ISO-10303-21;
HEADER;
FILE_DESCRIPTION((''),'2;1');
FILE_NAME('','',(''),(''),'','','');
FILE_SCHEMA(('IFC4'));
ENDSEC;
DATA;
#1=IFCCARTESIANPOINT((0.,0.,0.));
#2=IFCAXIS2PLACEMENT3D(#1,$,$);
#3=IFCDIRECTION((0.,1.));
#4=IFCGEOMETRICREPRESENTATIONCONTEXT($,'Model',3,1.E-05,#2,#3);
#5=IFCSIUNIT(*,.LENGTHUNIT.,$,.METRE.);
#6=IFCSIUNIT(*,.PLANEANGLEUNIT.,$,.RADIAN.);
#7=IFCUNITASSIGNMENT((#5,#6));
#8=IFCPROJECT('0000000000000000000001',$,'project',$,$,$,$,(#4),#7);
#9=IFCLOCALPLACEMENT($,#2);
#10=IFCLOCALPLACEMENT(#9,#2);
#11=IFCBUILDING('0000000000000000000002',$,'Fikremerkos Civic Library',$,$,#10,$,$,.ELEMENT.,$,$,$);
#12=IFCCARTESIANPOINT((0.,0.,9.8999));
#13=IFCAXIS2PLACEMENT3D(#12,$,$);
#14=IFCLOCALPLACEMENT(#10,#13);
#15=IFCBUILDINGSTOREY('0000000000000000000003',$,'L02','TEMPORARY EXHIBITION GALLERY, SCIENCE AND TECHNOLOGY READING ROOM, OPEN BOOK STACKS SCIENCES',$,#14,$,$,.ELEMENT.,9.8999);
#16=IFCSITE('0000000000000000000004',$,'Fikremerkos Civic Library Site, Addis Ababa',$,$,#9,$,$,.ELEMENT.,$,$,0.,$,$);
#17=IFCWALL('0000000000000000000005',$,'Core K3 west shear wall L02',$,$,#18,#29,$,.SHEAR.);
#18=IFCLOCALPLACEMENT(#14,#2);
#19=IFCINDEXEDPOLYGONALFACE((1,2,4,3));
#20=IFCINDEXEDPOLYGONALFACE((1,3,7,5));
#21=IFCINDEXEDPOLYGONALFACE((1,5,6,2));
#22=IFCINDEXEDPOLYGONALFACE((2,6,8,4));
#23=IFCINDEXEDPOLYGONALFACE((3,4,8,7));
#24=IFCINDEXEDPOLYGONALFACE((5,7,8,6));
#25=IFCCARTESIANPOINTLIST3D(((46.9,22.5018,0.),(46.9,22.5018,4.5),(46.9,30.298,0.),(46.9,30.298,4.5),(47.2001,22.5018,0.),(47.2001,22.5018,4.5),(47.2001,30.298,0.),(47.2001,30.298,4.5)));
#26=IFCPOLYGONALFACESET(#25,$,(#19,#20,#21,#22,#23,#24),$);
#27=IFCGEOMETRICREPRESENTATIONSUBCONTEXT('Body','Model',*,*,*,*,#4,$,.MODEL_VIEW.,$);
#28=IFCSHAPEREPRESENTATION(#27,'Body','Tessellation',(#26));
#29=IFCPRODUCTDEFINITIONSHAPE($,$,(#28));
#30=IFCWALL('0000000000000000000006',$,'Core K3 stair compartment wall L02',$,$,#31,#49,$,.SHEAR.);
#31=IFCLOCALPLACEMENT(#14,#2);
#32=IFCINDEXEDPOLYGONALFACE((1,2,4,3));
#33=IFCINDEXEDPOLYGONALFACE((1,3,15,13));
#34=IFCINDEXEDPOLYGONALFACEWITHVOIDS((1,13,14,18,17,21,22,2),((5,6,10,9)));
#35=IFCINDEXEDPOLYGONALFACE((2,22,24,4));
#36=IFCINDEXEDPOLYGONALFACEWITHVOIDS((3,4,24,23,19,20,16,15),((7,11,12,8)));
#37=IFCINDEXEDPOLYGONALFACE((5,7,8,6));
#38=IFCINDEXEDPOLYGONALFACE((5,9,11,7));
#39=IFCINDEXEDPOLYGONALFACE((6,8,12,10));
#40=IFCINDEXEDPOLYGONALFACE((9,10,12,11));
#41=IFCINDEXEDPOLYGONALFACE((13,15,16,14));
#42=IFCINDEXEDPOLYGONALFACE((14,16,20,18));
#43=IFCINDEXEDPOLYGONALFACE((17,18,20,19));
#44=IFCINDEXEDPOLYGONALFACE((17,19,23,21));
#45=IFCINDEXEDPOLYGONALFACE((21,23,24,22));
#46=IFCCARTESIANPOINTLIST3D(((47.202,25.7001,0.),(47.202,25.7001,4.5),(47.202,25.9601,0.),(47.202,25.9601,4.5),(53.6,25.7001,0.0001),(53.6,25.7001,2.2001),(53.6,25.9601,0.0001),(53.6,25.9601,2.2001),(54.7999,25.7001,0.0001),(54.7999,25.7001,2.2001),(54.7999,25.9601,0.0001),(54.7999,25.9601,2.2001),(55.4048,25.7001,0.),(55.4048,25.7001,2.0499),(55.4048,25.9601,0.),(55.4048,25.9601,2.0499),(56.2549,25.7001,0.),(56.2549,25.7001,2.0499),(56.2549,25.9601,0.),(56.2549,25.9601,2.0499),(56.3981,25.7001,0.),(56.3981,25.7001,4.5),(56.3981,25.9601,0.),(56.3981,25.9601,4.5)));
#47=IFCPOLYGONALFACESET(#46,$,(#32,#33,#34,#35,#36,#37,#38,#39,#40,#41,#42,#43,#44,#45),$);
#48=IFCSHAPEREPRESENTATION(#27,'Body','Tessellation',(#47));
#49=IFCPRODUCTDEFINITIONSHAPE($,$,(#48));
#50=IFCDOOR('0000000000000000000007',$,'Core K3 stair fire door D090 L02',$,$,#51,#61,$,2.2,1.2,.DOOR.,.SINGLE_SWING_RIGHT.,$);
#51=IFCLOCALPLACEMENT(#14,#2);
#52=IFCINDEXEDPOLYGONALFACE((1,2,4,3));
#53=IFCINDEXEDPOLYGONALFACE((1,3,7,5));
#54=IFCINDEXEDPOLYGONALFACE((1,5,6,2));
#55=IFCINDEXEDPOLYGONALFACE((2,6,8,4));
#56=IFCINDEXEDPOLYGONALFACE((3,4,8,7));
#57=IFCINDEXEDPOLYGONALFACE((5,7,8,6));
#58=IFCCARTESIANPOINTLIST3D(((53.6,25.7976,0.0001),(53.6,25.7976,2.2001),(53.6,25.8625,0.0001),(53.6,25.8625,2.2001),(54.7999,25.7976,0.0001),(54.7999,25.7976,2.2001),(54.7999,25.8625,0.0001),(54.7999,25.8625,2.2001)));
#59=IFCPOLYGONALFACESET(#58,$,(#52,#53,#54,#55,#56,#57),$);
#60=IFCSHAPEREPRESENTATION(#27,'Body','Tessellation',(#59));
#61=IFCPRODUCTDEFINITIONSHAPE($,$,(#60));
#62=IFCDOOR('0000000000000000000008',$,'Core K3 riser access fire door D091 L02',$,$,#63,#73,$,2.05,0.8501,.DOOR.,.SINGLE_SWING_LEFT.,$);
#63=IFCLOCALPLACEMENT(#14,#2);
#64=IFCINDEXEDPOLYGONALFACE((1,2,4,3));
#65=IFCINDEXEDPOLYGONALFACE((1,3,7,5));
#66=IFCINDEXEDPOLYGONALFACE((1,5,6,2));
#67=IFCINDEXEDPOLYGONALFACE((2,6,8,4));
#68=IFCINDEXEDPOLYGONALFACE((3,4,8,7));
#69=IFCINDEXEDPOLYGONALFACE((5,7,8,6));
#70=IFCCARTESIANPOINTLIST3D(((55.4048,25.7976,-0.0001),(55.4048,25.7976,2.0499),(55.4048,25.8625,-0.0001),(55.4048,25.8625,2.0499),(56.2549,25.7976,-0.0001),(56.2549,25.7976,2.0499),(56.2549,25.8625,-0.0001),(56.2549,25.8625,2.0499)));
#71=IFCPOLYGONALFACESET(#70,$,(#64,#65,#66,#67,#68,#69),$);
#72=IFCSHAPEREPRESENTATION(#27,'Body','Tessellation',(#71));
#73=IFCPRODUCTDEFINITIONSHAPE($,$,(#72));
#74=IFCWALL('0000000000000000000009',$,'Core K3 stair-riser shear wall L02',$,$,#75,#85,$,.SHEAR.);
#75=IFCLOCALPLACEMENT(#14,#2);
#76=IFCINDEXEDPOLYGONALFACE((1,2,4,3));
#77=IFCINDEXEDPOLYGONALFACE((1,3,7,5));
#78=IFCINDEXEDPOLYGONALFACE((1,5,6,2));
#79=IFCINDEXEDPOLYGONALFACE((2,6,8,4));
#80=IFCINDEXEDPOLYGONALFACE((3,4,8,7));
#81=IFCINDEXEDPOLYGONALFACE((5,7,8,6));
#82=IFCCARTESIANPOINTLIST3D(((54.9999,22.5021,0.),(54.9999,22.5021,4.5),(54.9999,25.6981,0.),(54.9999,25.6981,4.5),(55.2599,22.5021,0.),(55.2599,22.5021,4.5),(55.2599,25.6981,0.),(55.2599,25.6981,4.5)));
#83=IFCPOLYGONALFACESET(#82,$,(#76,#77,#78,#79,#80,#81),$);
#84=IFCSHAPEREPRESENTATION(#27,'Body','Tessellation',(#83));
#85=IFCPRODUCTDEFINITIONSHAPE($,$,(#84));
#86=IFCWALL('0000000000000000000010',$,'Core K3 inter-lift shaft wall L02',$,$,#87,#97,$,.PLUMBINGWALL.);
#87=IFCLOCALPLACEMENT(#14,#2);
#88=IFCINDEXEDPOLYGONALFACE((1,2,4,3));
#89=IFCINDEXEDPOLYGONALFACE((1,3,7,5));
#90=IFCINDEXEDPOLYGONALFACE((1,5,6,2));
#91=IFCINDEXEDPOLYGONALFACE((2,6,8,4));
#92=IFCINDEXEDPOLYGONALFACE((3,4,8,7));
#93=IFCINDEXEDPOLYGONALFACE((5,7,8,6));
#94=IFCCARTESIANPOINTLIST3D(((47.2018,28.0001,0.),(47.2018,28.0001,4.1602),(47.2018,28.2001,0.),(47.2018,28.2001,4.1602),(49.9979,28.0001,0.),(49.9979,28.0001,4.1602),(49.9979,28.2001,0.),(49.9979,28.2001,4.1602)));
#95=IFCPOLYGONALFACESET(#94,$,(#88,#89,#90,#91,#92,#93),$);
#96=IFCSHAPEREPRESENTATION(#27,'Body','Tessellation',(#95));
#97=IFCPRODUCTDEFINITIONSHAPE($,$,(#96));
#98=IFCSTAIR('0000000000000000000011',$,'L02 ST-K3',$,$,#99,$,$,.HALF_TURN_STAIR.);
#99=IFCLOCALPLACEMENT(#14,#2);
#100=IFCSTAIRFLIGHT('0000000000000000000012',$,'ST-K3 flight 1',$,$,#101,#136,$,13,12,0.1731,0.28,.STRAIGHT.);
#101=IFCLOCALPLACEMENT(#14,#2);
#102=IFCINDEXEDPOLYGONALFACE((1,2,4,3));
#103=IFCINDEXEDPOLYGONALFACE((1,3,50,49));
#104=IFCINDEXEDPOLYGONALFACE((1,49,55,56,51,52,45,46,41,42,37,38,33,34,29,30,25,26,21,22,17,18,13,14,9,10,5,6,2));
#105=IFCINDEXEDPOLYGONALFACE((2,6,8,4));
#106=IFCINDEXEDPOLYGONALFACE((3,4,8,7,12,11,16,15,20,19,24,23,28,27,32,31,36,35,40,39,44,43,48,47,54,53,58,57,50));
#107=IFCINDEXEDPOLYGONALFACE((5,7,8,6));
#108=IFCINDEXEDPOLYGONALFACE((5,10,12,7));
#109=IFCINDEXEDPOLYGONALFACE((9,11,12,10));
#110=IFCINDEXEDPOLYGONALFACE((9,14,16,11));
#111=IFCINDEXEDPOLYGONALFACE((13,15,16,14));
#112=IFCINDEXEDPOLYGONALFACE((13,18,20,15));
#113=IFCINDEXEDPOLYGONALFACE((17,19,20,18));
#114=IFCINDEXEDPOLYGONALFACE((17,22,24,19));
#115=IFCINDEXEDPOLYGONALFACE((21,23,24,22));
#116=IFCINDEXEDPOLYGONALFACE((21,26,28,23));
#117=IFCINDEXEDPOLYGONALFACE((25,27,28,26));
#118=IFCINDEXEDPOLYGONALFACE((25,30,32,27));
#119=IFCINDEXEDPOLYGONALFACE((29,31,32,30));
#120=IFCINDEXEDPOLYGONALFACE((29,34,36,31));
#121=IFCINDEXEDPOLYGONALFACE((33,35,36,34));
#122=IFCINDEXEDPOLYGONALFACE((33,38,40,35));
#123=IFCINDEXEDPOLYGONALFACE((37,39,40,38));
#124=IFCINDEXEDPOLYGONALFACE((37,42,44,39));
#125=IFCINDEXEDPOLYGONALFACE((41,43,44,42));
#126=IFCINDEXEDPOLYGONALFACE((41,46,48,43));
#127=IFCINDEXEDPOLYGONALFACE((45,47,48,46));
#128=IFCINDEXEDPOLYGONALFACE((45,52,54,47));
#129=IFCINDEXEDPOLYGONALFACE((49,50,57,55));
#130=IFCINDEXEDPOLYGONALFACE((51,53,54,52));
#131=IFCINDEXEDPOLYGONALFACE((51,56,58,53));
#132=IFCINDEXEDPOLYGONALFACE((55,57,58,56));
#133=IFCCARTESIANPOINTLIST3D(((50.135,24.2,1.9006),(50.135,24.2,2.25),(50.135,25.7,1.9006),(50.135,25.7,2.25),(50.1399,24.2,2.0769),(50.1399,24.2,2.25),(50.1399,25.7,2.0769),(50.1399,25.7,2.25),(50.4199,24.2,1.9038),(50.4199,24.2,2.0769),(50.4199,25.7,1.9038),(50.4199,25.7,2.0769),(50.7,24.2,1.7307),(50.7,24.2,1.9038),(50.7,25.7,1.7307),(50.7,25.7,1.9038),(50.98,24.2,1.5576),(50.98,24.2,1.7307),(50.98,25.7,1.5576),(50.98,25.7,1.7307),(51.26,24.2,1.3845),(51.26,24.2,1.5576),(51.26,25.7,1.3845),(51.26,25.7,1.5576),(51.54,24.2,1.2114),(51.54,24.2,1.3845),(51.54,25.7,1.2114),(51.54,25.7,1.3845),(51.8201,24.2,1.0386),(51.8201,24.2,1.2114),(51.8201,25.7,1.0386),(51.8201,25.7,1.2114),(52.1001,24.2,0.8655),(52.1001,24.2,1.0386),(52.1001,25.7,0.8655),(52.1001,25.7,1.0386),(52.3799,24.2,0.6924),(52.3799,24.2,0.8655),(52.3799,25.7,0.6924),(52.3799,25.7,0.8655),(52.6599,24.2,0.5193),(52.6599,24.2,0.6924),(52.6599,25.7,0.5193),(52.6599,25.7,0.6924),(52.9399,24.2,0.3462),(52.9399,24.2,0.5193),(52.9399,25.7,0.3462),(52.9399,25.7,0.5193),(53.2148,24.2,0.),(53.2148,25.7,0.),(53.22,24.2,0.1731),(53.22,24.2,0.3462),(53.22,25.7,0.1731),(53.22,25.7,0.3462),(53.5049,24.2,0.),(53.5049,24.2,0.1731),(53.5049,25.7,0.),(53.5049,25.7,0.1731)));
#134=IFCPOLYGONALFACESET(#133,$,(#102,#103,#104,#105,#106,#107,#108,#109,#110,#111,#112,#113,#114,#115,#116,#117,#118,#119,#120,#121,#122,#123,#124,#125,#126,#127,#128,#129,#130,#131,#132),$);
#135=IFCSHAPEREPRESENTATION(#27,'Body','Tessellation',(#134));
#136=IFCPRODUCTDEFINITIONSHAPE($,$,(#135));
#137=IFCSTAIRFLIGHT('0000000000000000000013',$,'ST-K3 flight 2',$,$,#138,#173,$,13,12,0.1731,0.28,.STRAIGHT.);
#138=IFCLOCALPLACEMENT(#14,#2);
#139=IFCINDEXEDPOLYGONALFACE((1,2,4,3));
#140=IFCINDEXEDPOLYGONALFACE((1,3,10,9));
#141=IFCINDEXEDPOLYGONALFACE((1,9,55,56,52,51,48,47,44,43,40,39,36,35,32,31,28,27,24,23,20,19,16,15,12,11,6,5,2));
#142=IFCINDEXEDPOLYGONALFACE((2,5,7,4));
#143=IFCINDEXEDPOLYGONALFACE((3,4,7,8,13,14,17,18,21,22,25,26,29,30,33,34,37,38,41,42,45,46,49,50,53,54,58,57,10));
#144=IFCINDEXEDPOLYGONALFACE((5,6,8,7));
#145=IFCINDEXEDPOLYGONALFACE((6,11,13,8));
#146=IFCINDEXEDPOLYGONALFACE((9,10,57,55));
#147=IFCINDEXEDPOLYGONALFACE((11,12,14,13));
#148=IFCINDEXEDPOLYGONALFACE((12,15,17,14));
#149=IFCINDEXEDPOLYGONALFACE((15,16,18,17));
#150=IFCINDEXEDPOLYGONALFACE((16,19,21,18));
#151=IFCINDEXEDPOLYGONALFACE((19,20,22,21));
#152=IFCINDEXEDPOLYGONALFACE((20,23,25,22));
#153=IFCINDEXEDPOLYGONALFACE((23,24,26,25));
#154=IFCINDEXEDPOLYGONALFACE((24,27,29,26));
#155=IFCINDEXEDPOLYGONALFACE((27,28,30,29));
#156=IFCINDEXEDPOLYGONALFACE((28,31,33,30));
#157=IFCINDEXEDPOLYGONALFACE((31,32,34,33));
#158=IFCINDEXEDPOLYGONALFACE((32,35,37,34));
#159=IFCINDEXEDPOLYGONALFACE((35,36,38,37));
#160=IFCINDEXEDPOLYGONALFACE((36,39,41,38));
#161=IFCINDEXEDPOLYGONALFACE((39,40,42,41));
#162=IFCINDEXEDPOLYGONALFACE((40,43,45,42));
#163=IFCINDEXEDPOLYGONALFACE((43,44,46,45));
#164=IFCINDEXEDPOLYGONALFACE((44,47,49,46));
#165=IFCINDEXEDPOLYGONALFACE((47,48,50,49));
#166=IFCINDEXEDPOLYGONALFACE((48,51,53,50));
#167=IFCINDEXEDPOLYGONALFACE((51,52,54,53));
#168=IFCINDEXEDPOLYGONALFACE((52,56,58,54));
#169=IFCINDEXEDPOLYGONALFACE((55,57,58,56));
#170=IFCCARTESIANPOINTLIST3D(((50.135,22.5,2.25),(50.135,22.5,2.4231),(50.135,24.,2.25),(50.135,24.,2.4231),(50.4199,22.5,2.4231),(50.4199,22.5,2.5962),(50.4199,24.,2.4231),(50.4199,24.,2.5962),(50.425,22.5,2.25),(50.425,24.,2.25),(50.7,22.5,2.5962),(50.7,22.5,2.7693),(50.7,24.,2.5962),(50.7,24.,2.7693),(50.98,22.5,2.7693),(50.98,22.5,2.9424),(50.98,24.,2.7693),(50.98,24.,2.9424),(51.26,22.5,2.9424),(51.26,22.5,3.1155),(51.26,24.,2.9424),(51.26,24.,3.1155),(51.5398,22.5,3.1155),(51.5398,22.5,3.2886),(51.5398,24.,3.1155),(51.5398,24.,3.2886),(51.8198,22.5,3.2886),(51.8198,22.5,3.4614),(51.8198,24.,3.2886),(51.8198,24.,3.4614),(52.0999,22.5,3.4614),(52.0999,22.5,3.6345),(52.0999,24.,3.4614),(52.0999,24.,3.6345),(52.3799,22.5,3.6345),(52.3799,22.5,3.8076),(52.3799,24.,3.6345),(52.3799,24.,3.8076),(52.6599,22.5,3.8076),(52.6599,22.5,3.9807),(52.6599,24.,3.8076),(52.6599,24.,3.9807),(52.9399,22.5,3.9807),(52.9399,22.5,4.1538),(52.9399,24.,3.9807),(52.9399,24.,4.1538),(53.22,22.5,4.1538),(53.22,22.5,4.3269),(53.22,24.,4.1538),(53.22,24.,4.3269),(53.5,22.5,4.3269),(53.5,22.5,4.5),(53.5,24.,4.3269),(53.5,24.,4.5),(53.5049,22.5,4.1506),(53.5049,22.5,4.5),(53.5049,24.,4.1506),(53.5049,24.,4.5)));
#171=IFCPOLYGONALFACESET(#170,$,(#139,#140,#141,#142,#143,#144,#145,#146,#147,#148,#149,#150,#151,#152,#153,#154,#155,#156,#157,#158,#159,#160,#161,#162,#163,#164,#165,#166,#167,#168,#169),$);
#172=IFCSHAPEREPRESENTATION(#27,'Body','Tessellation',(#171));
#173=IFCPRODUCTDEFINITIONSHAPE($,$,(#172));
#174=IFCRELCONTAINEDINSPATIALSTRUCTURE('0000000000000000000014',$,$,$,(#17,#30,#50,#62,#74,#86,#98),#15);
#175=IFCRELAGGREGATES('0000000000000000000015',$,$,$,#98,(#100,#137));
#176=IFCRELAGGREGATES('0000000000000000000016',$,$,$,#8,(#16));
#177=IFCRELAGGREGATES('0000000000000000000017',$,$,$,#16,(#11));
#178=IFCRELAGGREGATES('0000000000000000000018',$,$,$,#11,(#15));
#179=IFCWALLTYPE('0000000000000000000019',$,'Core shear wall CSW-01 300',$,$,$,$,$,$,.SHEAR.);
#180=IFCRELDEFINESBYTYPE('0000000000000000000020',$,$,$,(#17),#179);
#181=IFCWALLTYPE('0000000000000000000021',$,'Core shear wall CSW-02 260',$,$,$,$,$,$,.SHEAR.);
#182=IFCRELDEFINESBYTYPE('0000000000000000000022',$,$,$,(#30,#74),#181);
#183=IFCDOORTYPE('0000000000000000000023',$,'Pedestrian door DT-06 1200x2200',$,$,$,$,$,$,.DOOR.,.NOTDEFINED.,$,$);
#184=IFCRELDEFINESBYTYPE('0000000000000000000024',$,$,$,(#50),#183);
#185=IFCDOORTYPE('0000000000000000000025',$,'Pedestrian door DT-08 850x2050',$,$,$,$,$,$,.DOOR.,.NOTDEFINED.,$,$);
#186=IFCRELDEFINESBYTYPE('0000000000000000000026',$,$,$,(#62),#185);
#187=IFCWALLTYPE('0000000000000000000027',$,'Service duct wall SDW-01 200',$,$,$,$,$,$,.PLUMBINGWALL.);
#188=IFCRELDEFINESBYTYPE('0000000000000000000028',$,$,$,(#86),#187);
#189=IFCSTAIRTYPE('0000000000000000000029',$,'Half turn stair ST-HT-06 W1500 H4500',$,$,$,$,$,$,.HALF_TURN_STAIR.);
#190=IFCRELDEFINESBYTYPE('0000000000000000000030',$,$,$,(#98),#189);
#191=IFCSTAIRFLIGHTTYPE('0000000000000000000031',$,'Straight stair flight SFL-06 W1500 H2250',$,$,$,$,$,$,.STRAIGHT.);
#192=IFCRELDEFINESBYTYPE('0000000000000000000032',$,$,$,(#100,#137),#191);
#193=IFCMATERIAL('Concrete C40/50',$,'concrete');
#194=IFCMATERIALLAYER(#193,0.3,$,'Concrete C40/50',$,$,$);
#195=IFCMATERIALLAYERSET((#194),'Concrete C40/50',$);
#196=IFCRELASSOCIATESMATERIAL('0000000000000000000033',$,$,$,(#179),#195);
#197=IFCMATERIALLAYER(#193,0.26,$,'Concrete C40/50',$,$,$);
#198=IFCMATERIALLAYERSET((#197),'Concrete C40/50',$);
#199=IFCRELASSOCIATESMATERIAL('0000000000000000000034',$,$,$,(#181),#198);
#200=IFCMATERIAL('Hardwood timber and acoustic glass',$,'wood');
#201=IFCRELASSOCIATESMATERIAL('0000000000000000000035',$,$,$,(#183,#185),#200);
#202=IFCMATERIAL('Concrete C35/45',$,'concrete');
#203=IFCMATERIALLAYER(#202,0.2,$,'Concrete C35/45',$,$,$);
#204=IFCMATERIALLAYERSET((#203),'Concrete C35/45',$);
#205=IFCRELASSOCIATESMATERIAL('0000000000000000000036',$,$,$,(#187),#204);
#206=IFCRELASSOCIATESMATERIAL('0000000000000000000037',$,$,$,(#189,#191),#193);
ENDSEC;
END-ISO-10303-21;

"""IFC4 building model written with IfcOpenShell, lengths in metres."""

from ifc_helpers import new_model, si_unit, direction, frame, frame_2d, origin, place, context, subcontext, project, spatial, polyline, rectangle, outline, extrude, material, layer, layer_set, type_object, element, fill, aggregate, save


model = new_model("IFC4")

# Units and contexts
model_context = context("Model", 3, precision=1e-05, world=origin(), true_north=direction((0.0, 1.0)))
body_context = subcontext(model_context, "Body", "Model", "MODEL_VIEW")
ifc_project = project(units=[si_unit("LENGTHUNIT", "METRE"), si_unit("PLANEANGLEUNIT", "RADIAN")], contexts=[model_context])

# Site, building, storey
site_placement = place(None, origin())
site = spatial("IfcSite", under=ifc_project, at=site_placement, Name="Fikremerkos Civic Library Site, Addis Ababa", CompositionType="ELEMENT", RefElevation=0.0)
building_placement = place(site_placement, origin())
building = spatial("IfcBuilding", under=site, at=building_placement, Name="Fikremerkos Civic Library", CompositionType="ELEMENT")
storey_placement = place(building_placement, frame((0.0, 0.0, 9.8999)))
storey = spatial("IfcBuildingStorey", under=building, at=storey_placement, Name="L02", Description="TEMPORARY EXHIBITION GALLERY, SCIENCE AND TECHNOLOGY READING ROOM, OPEN BOOK STACKS SCIENCES", CompositionType="ELEMENT", Elevation=9.8999)

# Wall
ifc_material_1 = material(Name="Concrete C40/50", Category="concrete")
ifc_layer_1 = layer(ifc_material_1, 0.3, Name="Concrete C40/50")
ifc_layer_set_1 = layer_set([ifc_layer_1], Name="Concrete C40/50")
wall_type_1 = type_object("IfcWallType", Name="Core shear wall CSW-01 300", PredefinedType="SHEAR", material=ifc_layer_set_1)
wall_1_placement = place(storey_placement, frame((47.05, 22.502, 0.0), z_axis=(0.0, 0.0, 1.0), x_axis=(0.0, 1.0, 0.0)))
element("IfcWall", 1, at=wall_1_placement, inside=storey, type_object=wall_type_1, Name="Core K3 west shear wall L02", PredefinedType="SHEAR", context=body_context, shape_type="SweptSolid", body=[
    extrude(rectangle(XDim=7.7961, YDim=0.3, at=frame_2d((3.8979, 0.0))), origin(), (0.0, 0.0, 1.0), 4.5),
])

# Wall, openings, doors
ifc_layer_2 = layer(ifc_material_1, 0.26, Name="Concrete C40/50")
ifc_layer_set_2 = layer_set([ifc_layer_2], Name="Concrete C40/50")
wall_type_2 = type_object("IfcWallType", Name="Core shear wall CSW-02 260", PredefinedType="SHEAR", material=ifc_layer_set_2)
wall_2_placement = place(storey_placement, frame((47.2019, 25.8301, 0.0), z_axis=(0.0, 0.0, 1.0), x_axis=(1.0, 0.0, 0.0)))
wall_2 = element("IfcWall", 2, at=wall_2_placement, inside=storey, type_object=wall_type_2, Name="Core K3 stair compartment wall L02", PredefinedType="SHEAR", context=body_context, shape_type="SweptSolid", body=[
    extrude(rectangle(XDim=9.196, YDim=0.26, at=frame_2d((4.5981, 0.0))), origin(), (0.0, 0.0, 1.0), 4.5),
])
opening_1_placement = place(wall_2_placement, frame((6.3979, 0.0, 0.0)))
opening_1 = element("IfcOpeningElement", 3, at=opening_1_placement, cuts=wall_2, PredefinedType="OPENING", context=body_context, shape_type="SweptSolid", body=[
    extrude(rectangle(XDim=1.2, YDim=2.2, at=frame_2d((0.6001, 1.1001))), frame((0.0, 0.1399, 0.0), z_axis=(0.0, -1.0, 0.0), x_axis=(1.0, 0.0, 0.0)), (0.0, 0.0, 1.0), 0.28),
])
opening_2_placement = place(wall_2_placement, frame((8.2029, 0.0, 0.0)))
opening_2 = element("IfcOpeningElement", 4, at=opening_2_placement, cuts=wall_2, PredefinedType="OPENING", context=body_context, shape_type="SweptSolid", body=[
    extrude(rectangle(XDim=0.8501, YDim=2.05, at=frame_2d((0.425, 1.0249))), frame((0.0, 0.1399, 0.0), z_axis=(0.0, -1.0, 0.0), x_axis=(1.0, 0.0, 0.0)), (0.0, 0.0, 1.0), 0.28),
])
ifc_material_2 = material(Name="Hardwood timber and acoustic glass", Category="wood")
door_type_1 = type_object("IfcDoorType", Name="Pedestrian door DT-06 1200x2200", OperationType="NOTDEFINED", PredefinedType="DOOR", material=ifc_material_2)
door_1_placement = place(opening_1_placement, origin())
door_1 = element("IfcDoor", 5, at=door_1_placement, inside=storey, type_object=door_type_1, Name="Core K3 stair fire door D090 L02", OperationType="SINGLE_SWING_RIGHT", OverallHeight=2.2, OverallWidth=1.2, PredefinedType="DOOR", context=body_context, shape_type="SweptSolid", body=[
    extrude(rectangle(XDim=1.2, YDim=2.2, at=frame_2d((0.6001, 1.1001))), frame((0.0, 0.0325, 0.0), z_axis=(0.0, -1.0, 0.0), x_axis=(1.0, 0.0, 0.0)), (0.0, 0.0, 1.0), 0.0649),
])
fill(opening_1, door_1)
door_type_2 = type_object("IfcDoorType", Name="Pedestrian door DT-08 850x2050", OperationType="NOTDEFINED", PredefinedType="DOOR", material=ifc_material_2)
door_2_placement = place(opening_2_placement, origin())
door_2 = element("IfcDoor", 6, at=door_2_placement, inside=storey, type_object=door_type_2, Name="Core K3 riser access fire door D091 L02", OperationType="SINGLE_SWING_LEFT", OverallHeight=2.05, OverallWidth=0.8501, PredefinedType="DOOR", context=body_context, shape_type="SweptSolid", body=[
    extrude(rectangle(XDim=0.8501, YDim=2.05, at=frame_2d((0.425, 1.0249))), frame((0.0, 0.0325, 0.0), z_axis=(0.0, -1.0, 0.0), x_axis=(1.0, 0.0, 0.0)), (0.0, 0.0, 1.0), 0.0649),
])
fill(opening_2, door_2)

# Wall
wall_3_placement = place(storey_placement, frame((55.1299, 22.502, 0.0), z_axis=(0.0, 0.0, 1.0), x_axis=(0.0, 1.0, 0.0)))
element("IfcWall", 7, at=wall_3_placement, inside=storey, type_object=wall_type_2, Name="Core K3 stair-riser shear wall L02", PredefinedType="SHEAR", context=body_context, shape_type="SweptSolid", body=[
    extrude(rectangle(XDim=3.196, YDim=0.26, at=frame_2d((1.5981, 0.0))), origin(), (0.0, 0.0, 1.0), 4.5),
])

# Wall
ifc_material_3 = material(Name="Concrete C35/45", Category="concrete")
ifc_layer_3 = layer(ifc_material_3, 0.2, Name="Concrete C35/45")
ifc_layer_set_3 = layer_set([ifc_layer_3], Name="Concrete C35/45")
wall_type_3 = type_object("IfcWallType", Name="Service duct wall SDW-01 200", PredefinedType="PLUMBINGWALL", material=ifc_layer_set_3)
wall_4_placement = place(storey_placement, frame((47.2019, 28.1001, 0.0), z_axis=(0.0, 0.0, 1.0), x_axis=(1.0, 0.0, 0.0)))
element("IfcWall", 8, at=wall_4_placement, inside=storey, type_object=wall_type_3, Name="Core K3 inter-lift shaft wall L02", PredefinedType="PLUMBINGWALL", context=body_context, shape_type="SweptSolid", body=[
    extrude(rectangle(XDim=2.7961, YDim=0.2, at=frame_2d((1.3979, 0.0))), origin(), (0.0, 0.0, 1.0), 4.1602),
])

# Stair, stair flights
stair_type = type_object("IfcStairType", Name="Half turn stair ST-HT-06 W1500 H4500", PredefinedType="HALF_TURN_STAIR", material=ifc_material_1)
stair_placement = place(storey_placement, origin())
stair = element("IfcStair", 9, at=stair_placement, inside=storey, type_object=stair_type, Name="L02 ST-K3", PredefinedType="HALF_TURN_STAIR")
stair_flight_type = type_object("IfcStairFlightType", Name="Straight stair flight SFL-06 W1500 H2250", PredefinedType="STRAIGHT", material=ifc_material_1)
stair_flight_1_placement = place(storey_placement, frame((53.5, 24.95, 0.0), z_axis=(0.0, 0.0, 1.0), x_axis=(-1.0, 0.0, 0.0)))
stair_flight_1 = element("IfcStairFlight", 10, at=stair_flight_1_placement, type_object=stair_flight_type, Name="ST-K3 flight 1", NumberOfRisers=13, NumberOfTreads=12, PredefinedType="STRAIGHT", RiserHeight=0.1731, TreadLength=0.28, context=body_context, shape_type="SweptSolid", body=[
    extrude(outline(polyline([(-0.0049, 0.0), (-0.0049, 0.1731), (0.28, 0.1731), (0.28, 0.3462), (0.5601, 0.3462), (0.5601, 0.5193), (0.8401, 0.5193), (0.8401, 0.6924), (1.1201, 0.6924), (1.1201, 0.8655), (1.3999, 0.8655), (1.3999, 1.0386), (1.6799, 1.0386), (1.6799, 1.2114), (1.96, 1.2114), (1.96, 1.3845), (2.24, 1.3845), (2.24, 1.5576), (2.52, 1.5576), (2.52, 1.7307), (2.8, 1.7307), (2.8, 1.9038), (3.0801, 1.9038), (3.0801, 2.0769), (3.3601, 2.0769), (3.3601, 2.25), (3.365, 2.25), (3.365, 1.9006), (0.2852, 0.0), (-0.0049, 0.0)])), frame((0.0, 0.75, 0.0), z_axis=(0.0, -1.0, 0.0), x_axis=(1.0, 0.0, 0.0)), (0.0, 0.0, 1.0), 1.5),
])
stair_flight_2_placement = place(storey_placement, frame((50.1399, 23.25, 2.25), z_axis=(0.0, 0.0, 1.0), x_axis=(1.0, 0.0, 0.0)))
stair_flight_2 = element("IfcStairFlight", 11, at=stair_flight_2_placement, type_object=stair_flight_type, Name="ST-K3 flight 2", NumberOfRisers=13, NumberOfTreads=12, PredefinedType="STRAIGHT", RiserHeight=0.1731, TreadLength=0.28, context=body_context, shape_type="SweptSolid", body=[
    extrude(outline(polyline([(-0.0049, 0.0), (-0.0049, 0.1731), (0.28, 0.1731), (0.28, 0.3462), (0.5601, 0.3462), (0.5601, 0.5193), (0.8401, 0.5193), (0.8401, 0.6924), (1.1201, 0.6924), (1.1201, 0.8655), (1.3999, 0.8655), (1.3999, 1.0386), (1.6799, 1.0386), (1.6799, 1.2114), (1.96, 1.2114), (1.96, 1.3845), (2.24, 1.3845), (2.24, 1.5576), (2.52, 1.5576), (2.52, 1.7307), (2.8, 1.7307), (2.8, 1.9038), (3.0801, 1.9038), (3.0801, 2.0769), (3.3601, 2.0769), (3.3601, 2.25), (3.365, 2.25), (3.365, 1.9006), (0.2852, 0.0), (-0.0049, 0.0)])), frame((0.0, 0.75, 0.0), z_axis=(0.0, -1.0, 0.0), x_axis=(1.0, 0.0, 0.0)), (0.0, 0.0, 1.0), 1.5),
])
aggregate(stair, [stair_flight_1, stair_flight_2])

save(model, "model.ifc")
